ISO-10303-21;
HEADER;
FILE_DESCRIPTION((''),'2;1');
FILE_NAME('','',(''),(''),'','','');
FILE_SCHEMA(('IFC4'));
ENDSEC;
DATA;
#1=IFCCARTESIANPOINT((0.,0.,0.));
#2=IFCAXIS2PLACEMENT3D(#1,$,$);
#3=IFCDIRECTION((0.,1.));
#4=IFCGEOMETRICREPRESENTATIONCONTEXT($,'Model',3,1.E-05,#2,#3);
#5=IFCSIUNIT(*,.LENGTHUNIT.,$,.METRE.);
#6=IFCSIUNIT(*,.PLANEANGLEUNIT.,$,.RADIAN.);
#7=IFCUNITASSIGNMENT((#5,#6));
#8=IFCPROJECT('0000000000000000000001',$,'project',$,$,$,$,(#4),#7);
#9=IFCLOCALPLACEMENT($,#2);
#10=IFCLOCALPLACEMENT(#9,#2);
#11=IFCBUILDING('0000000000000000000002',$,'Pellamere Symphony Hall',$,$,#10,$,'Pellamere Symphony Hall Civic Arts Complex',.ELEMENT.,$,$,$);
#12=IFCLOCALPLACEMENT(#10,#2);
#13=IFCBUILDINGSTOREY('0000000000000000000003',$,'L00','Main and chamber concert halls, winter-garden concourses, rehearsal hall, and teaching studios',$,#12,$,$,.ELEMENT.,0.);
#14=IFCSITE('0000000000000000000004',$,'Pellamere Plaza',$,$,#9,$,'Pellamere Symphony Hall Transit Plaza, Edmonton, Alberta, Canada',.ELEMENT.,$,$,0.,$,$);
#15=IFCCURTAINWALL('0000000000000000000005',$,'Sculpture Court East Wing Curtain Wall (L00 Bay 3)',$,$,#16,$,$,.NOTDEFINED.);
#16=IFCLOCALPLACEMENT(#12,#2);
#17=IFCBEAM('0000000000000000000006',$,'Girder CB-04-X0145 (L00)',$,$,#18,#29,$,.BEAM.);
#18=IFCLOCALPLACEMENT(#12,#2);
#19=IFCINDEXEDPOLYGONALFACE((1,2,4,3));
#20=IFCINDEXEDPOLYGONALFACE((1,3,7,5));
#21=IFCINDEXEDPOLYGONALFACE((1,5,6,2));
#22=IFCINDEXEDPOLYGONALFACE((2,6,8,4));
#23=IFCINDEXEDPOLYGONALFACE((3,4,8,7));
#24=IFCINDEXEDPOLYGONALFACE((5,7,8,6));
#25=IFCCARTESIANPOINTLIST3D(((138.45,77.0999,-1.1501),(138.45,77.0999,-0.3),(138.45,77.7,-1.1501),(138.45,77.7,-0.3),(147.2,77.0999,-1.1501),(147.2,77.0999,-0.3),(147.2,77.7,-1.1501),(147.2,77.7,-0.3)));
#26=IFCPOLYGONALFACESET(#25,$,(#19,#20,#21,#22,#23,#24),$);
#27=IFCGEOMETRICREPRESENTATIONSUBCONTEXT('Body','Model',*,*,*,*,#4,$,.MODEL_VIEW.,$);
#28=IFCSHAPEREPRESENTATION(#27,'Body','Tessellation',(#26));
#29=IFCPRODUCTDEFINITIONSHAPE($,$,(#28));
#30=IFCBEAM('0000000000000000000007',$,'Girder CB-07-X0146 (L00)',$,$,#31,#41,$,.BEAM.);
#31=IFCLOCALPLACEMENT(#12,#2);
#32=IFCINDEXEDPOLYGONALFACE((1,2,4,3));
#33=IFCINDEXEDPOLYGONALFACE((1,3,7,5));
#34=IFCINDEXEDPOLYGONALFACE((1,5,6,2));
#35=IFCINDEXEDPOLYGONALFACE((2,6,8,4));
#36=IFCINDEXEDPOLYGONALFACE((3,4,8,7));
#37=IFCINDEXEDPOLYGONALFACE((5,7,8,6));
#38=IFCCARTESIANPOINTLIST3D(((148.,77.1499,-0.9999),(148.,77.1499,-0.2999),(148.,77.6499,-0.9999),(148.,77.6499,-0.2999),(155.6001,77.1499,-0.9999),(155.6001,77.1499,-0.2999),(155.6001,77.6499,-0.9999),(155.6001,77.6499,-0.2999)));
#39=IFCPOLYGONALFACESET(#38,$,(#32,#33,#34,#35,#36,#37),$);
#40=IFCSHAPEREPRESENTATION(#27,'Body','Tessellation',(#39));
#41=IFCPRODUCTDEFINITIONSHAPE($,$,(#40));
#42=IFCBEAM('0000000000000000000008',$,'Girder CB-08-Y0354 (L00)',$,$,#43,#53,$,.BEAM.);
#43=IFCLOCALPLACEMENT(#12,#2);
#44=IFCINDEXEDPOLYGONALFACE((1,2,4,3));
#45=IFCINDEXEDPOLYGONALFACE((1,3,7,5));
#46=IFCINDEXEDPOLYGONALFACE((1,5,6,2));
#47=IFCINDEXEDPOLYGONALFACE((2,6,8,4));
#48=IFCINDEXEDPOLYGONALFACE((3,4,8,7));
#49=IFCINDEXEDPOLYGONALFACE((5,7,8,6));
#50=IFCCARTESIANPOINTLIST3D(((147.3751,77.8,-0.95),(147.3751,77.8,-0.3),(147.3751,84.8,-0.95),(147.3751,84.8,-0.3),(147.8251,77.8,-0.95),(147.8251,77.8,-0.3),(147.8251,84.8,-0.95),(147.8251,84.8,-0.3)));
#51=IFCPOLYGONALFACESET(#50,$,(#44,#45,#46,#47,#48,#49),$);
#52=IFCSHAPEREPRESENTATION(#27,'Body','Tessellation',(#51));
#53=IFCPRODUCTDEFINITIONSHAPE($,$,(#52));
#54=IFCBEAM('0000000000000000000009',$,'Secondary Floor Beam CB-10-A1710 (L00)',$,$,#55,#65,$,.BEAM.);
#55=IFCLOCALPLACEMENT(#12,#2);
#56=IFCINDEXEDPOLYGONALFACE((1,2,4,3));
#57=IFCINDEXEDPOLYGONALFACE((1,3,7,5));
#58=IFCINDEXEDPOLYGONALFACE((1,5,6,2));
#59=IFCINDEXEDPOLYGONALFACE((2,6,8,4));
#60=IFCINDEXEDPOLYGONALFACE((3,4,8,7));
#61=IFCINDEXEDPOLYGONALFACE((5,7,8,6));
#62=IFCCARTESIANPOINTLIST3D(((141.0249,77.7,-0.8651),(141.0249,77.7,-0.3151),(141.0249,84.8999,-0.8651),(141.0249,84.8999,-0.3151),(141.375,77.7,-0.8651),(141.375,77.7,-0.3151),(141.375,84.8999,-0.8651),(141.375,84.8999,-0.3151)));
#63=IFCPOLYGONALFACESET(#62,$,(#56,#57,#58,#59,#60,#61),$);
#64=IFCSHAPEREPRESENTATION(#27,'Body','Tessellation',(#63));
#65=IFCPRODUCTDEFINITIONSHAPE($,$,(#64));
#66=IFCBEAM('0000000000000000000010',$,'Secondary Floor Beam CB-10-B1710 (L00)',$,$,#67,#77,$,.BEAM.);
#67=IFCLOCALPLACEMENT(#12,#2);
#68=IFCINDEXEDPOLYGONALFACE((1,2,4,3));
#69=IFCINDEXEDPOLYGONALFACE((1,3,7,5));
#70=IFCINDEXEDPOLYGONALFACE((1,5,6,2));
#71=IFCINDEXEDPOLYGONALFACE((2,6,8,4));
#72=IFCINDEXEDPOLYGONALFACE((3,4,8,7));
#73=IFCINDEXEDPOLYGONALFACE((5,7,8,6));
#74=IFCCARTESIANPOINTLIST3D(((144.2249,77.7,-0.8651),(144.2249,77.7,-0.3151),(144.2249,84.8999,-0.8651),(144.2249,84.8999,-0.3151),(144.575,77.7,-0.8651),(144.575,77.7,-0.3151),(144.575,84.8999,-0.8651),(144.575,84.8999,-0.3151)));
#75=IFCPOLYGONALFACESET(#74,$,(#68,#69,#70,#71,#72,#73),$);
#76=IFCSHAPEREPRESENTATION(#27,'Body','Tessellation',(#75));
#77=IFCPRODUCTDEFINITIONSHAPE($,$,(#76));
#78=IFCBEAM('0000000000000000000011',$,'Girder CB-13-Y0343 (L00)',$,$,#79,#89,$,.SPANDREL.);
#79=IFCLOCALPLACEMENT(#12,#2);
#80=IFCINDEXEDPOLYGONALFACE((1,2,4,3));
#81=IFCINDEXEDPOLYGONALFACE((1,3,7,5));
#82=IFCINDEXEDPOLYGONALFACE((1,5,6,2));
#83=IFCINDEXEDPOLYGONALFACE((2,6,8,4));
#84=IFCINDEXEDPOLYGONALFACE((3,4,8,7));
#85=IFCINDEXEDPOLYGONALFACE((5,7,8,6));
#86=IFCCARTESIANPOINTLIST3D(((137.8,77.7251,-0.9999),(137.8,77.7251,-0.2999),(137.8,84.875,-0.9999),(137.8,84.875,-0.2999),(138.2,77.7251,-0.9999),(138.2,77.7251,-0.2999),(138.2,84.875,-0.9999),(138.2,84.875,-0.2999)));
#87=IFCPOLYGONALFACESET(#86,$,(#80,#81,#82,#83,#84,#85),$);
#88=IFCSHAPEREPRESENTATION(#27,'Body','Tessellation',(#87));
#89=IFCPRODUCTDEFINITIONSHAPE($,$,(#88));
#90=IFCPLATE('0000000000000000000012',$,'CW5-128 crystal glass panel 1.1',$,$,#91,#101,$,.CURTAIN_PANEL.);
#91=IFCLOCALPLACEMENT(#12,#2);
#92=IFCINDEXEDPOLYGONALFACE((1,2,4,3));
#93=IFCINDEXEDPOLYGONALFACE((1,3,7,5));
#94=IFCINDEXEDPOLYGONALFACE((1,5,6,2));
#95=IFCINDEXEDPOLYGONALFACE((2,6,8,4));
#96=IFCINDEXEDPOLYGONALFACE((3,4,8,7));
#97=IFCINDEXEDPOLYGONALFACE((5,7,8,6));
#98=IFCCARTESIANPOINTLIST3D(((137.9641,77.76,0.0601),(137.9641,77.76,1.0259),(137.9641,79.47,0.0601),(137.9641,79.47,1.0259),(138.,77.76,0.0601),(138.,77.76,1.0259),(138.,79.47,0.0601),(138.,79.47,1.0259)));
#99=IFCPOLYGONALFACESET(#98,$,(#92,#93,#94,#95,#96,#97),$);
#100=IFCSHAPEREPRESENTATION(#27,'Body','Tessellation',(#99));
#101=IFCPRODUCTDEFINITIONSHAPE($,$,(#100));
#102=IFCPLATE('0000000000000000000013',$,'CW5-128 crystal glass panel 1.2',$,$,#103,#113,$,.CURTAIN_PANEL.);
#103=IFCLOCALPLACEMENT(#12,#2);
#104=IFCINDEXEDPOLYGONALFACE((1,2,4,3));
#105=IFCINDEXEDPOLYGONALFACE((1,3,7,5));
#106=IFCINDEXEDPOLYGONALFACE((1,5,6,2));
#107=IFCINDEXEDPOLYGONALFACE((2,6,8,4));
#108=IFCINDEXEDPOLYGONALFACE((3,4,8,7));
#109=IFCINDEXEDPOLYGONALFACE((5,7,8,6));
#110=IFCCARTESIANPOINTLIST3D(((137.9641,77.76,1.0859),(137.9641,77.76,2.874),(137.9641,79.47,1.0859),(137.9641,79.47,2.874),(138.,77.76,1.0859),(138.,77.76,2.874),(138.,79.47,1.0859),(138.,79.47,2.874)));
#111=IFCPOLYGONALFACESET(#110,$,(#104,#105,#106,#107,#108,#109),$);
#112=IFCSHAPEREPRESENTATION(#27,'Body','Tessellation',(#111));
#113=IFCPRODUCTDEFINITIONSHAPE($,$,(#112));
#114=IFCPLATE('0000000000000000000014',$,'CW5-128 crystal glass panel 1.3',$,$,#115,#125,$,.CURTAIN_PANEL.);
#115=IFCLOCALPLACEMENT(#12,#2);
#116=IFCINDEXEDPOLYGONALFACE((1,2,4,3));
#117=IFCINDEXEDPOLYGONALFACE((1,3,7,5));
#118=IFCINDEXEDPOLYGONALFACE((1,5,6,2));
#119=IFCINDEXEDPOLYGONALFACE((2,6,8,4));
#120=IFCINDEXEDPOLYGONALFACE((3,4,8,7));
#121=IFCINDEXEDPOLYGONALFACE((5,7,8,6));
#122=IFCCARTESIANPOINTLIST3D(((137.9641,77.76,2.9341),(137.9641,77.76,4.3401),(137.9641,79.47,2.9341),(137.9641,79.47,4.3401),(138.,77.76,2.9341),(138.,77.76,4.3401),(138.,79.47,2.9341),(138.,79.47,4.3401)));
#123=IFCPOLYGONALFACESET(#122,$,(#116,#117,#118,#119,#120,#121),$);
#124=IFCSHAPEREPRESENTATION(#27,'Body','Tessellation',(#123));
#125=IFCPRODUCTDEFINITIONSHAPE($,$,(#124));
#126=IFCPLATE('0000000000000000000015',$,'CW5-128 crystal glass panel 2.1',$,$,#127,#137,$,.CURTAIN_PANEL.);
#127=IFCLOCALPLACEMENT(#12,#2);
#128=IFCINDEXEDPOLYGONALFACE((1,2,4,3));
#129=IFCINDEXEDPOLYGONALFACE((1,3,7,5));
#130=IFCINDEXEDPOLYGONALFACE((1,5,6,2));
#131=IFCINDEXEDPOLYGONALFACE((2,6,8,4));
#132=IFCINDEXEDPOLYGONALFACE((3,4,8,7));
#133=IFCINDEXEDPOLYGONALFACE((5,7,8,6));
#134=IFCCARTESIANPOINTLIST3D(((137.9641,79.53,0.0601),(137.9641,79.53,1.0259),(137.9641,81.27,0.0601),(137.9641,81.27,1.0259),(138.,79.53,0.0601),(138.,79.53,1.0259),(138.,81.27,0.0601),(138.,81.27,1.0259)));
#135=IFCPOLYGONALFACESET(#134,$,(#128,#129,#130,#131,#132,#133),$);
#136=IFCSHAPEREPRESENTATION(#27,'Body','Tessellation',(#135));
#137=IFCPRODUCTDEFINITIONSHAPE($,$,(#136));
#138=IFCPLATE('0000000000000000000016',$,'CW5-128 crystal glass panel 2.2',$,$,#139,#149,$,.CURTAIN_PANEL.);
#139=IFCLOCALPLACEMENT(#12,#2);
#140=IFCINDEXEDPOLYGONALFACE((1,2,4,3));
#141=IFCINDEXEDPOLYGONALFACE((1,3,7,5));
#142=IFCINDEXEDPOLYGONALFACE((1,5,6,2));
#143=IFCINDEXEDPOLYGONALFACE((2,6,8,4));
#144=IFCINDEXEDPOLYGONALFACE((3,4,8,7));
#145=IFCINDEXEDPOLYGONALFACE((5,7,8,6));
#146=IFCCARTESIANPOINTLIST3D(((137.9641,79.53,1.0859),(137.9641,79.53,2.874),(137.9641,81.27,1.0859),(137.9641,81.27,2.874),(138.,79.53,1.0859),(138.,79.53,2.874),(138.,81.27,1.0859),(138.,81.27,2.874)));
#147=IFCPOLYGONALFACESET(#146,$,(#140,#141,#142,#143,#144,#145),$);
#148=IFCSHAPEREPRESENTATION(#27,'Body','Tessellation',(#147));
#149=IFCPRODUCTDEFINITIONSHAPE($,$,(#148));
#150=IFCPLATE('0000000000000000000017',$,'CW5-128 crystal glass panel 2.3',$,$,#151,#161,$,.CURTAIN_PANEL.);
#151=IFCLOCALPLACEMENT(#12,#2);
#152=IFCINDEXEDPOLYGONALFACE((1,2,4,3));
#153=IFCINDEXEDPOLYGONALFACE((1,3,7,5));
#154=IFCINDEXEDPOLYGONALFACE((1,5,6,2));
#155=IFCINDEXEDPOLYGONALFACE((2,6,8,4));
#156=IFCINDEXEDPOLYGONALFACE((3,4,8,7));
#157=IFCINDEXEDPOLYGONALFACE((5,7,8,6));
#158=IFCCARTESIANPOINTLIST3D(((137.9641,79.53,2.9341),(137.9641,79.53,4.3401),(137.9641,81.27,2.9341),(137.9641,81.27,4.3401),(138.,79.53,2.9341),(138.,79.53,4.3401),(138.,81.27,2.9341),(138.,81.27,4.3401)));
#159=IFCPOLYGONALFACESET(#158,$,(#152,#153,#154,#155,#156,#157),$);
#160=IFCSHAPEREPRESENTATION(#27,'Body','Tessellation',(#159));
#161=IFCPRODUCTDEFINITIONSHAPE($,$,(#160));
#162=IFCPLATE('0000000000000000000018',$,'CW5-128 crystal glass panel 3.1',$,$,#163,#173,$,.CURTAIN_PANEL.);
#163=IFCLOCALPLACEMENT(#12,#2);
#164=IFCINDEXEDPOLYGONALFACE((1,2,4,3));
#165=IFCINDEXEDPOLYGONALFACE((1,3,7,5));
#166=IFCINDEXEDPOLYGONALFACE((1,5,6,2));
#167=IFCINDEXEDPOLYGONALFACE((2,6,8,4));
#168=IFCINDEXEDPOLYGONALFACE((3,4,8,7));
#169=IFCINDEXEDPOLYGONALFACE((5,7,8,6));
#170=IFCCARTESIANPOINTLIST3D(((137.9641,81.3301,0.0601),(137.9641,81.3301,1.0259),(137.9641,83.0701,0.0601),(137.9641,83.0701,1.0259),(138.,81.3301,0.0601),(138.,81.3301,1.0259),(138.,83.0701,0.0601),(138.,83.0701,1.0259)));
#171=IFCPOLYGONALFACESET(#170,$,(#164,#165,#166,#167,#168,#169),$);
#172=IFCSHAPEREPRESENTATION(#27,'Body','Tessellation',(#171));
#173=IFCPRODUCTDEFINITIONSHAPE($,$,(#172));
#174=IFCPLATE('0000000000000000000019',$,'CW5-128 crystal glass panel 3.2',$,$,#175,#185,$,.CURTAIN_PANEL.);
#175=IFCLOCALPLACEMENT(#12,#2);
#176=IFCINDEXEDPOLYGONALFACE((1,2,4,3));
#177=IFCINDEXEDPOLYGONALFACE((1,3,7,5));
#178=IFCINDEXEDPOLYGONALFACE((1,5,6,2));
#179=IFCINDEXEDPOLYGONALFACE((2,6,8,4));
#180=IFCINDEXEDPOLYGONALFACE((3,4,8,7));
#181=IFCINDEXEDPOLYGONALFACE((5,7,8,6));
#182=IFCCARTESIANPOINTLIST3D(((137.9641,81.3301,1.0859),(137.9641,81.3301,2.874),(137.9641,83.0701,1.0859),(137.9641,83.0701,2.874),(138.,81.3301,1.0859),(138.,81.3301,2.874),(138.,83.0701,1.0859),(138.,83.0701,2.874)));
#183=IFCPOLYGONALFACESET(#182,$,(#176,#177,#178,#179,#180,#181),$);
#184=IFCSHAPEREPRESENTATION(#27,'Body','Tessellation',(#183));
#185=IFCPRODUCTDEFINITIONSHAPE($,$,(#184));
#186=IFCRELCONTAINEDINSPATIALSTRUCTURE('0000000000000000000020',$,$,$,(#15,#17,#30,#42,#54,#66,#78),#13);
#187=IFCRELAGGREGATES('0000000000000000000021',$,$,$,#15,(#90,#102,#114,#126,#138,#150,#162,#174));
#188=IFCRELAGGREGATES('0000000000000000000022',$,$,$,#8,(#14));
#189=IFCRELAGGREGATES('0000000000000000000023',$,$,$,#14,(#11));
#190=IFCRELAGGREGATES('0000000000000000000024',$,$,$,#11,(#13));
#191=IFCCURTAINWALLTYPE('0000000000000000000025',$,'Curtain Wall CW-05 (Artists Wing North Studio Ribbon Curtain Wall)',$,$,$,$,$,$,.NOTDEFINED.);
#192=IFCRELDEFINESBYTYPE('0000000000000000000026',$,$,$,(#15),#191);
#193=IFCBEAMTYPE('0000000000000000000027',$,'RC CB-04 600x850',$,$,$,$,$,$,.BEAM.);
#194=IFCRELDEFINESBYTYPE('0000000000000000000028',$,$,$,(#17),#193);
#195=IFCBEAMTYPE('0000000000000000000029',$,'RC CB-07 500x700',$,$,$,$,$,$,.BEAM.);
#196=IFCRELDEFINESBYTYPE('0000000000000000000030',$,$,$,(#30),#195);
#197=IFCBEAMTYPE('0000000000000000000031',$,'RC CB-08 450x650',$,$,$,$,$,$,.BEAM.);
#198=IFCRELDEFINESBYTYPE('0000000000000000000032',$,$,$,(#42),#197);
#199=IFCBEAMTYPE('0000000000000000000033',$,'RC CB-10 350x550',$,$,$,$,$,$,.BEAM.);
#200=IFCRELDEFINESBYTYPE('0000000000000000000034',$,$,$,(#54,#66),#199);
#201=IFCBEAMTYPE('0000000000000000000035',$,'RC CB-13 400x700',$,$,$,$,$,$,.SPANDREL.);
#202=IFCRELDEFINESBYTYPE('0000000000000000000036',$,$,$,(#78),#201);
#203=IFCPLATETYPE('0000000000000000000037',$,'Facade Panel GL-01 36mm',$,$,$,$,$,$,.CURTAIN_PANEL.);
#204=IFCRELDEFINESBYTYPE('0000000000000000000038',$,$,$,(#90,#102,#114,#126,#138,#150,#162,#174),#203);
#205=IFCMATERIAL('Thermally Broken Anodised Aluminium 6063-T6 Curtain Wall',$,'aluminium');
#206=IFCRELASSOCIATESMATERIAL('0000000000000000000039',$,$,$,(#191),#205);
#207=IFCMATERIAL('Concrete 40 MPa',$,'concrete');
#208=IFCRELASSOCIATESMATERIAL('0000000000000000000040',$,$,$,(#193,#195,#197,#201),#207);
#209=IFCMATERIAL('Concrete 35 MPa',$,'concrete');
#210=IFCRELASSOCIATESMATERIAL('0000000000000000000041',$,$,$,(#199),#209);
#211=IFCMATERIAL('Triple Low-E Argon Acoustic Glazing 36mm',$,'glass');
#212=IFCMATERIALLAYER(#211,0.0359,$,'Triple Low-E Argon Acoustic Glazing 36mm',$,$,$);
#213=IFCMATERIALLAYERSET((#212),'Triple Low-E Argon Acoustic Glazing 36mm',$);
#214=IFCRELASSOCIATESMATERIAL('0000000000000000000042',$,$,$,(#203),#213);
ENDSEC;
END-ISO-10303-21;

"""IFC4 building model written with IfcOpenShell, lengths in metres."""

from ifc_helpers import new_model, si_unit, direction, frame, origin, origin_2d, place, context, subcontext, project, spatial, polyline, rectangle, outline, extrude, material, layer, layer_set, material_profile, profile_set, type_object, element, aggregate, save


model = new_model("IFC4")

# Units and contexts
model_context = context("Model", 3, precision=1e-05, world=origin(), true_north=direction((0.0, 1.0)))
body_context = subcontext(model_context, "Body", "Model", "MODEL_VIEW")
ifc_project = project(units=[si_unit("LENGTHUNIT", "METRE"), si_unit("PLANEANGLEUNIT", "RADIAN")], contexts=[model_context])

# Site, building, storey
site_placement = place(None, origin())
site = spatial("IfcSite", under=ifc_project, at=site_placement, Name="Pellamere Plaza", LongName="Pellamere Symphony Hall Transit Plaza, Edmonton, Alberta, Canada", CompositionType="ELEMENT", RefElevation=0.0)
building_placement = place(site_placement, origin())
building = spatial("IfcBuilding", under=site, at=building_placement, Name="Pellamere Symphony Hall", LongName="Pellamere Symphony Hall Civic Arts Complex", CompositionType="ELEMENT")
storey_placement = place(building_placement, origin())
storey = spatial("IfcBuildingStorey", under=building, at=storey_placement, Name="L00", Description="Main and chamber concert halls, winter-garden concourses, rehearsal hall, and teaching studios", CompositionType="ELEMENT", Elevation=0.0)

# Shared definitions
ifc_material_1 = material(Name="Concrete 40 MPa", Category="concrete")

# Shared definitions
ifc_material_2 = material(Name="Thermally Broken Anodised Aluminium 6063-T6 Curtain Wall", Category="aluminium")
curtain_wall_type = type_object("IfcCurtainWallType", Name="Curtain Wall CW-05 (Artists Wing North Studio Ribbon Curtain Wall)", PredefinedType="NOTDEFINED", material=ifc_material_2)

# Curtain wall
curtain_wall_1_placement = place(storey_placement, origin())
curtain_wall_1 = element("IfcCurtainWall", 1, at=curtain_wall_1_placement, inside=storey, type_object=curtain_wall_type, Name="Sculpture Court East Wing Curtain Wall (L00 Bay 3)", PredefinedType="NOTDEFINED")

# Beams
ifc_material_profile_1 = material_profile(ifc_material_1, rectangle(XDim=0.6001, YDim=0.8501, at=origin_2d()), Name="RC 600x850")
ifc_profile_set_1 = profile_set([ifc_material_profile_1], Name="Concrete 40 MPa")
beam_type_1 = type_object("IfcBeamType", Name="RC CB-04 600x850", PredefinedType="BEAM", material=ifc_profile_set_1)
beam_1_placement = place(storey_placement, frame((138.45, 77.3999, -0.7251), z_axis=(1.0, 0.0, 0.0), x_axis=(0.0, 1.0, 0.0)))
element("IfcBeam", 2, at=beam_1_placement, inside=storey, type_object=beam_type_1, Name="Girder CB-04-X0145 (L00)", PredefinedType="BEAM", context=body_context, shape_type="SweptSolid", body=[
    extrude(rectangle(XDim=0.6001, YDim=0.8501, at=origin_2d()), origin(), (0.0, 0.0, 1.0), 8.75),
])
ifc_material_profile_2 = material_profile(ifc_material_1, rectangle(XDim=0.5, YDim=0.7, at=origin_2d()), Name="RC 500x700")
ifc_profile_set_2 = profile_set([ifc_material_profile_2], Name="Concrete 40 MPa")
beam_type_2 = type_object("IfcBeamType", Name="RC CB-07 500x700", PredefinedType="BEAM", material=ifc_profile_set_2)
beam_2_placement = place(storey_placement, frame((148.0, 77.3999, -0.6499), z_axis=(1.0, 0.0, 0.0), x_axis=(0.0, 1.0, 0.0)))
element("IfcBeam", 3, at=beam_2_placement, inside=storey, type_object=beam_type_2, Name="Girder CB-07-X0146 (L00)", PredefinedType="BEAM", context=body_context, shape_type="SweptSolid", body=[
    extrude(rectangle(XDim=0.5, YDim=0.7, at=origin_2d()), origin(), (0.0, 0.0, 1.0), 7.6001),
])
ifc_material_profile_3 = material_profile(ifc_material_1, rectangle(XDim=0.45, YDim=0.6499, at=origin_2d()), Name="RC 450x650")
ifc_profile_set_3 = profile_set([ifc_material_profile_3], Name="Concrete 40 MPa")
beam_type_3 = type_object("IfcBeamType", Name="RC CB-08 450x650", PredefinedType="BEAM", material=ifc_profile_set_3)
beam_3_placement = place(storey_placement, frame((147.6001, 77.8, -0.625), z_axis=(0.0, 1.0, 0.0), x_axis=(-1.0, 0.0, 0.0)))
element("IfcBeam", 4, at=beam_3_placement, inside=storey, type_object=beam_type_3, Name="Girder CB-08-Y0354 (L00)", PredefinedType="BEAM", context=body_context, shape_type="SweptSolid", body=[
    extrude(rectangle(XDim=0.45, YDim=0.6499, at=origin_2d()), origin(), (0.0, 0.0, 1.0), 7.0),
])
ifc_material_3 = material(Name="Concrete 35 MPa", Category="concrete")
ifc_material_profile_4 = material_profile(ifc_material_3, rectangle(XDim=0.3501, YDim=0.55, at=origin_2d()), Name="RC 350x550")
ifc_profile_set_4 = profile_set([ifc_material_profile_4], Name="Concrete 35 MPa")
beam_type_4 = type_object("IfcBeamType", Name="RC CB-10 350x550", PredefinedType="BEAM", material=ifc_profile_set_4)
for number, where, z_axis, x_axis, name in (
    (5, (141.2, 77.7, -0.5901), (0.0, 1.0, 0.0), (-1.0, 0.0, 0.0), "Secondary Floor Beam CB-10-A1710 (L00)"),
    (6, (144.3999, 77.7, -0.5901), (0.0, 1.0, 0.0), (-1.0, 0.0, 0.0), "Secondary Floor Beam CB-10-B1710 (L00)"),
):
    element("IfcBeam", number, at=place(storey_placement, frame(where, z_axis=z_axis, x_axis=x_axis)), inside=storey, type_object=beam_type_4, Name=name, PredefinedType="BEAM", context=body_context, shape_type="SweptSolid", body=[
        extrude(rectangle(XDim=0.3501, YDim=0.55, at=origin_2d()), origin(), (0.0, 0.0, 1.0), 7.2),
    ])
ifc_material_profile_5 = material_profile(ifc_material_1, rectangle(XDim=0.3999, YDim=0.7, at=origin_2d()), Name="RC 400x700")
ifc_profile_set_5 = profile_set([ifc_material_profile_5], Name="Concrete 40 MPa")
beam_type_5 = type_object("IfcBeamType", Name="RC CB-13 400x700", PredefinedType="SPANDREL", material=ifc_profile_set_5)
beam_4_placement = place(storey_placement, frame((138.0, 77.7251, -0.6499), z_axis=(0.0, 1.0, 0.0), x_axis=(-1.0, 0.0, 0.0)))
element("IfcBeam", 7, at=beam_4_placement, inside=storey, type_object=beam_type_5, Name="Girder CB-13-Y0343 (L00)", PredefinedType="SPANDREL", context=body_context, shape_type="SweptSolid", body=[
    extrude(rectangle(XDim=0.3999, YDim=0.7, at=origin_2d()), origin(), (0.0, 0.0, 1.0), 7.1499),
])

# Plates
ifc_material_4 = material(Name="Triple Low-E Argon Acoustic Glazing 36mm", Category="glass")
ifc_layer = layer(ifc_material_4, 0.0359, Name="Triple Low-E Argon Acoustic Glazing 36mm")
ifc_layer_set = layer_set([ifc_layer], Name="Triple Low-E Argon Acoustic Glazing 36mm")
plate_type = type_object("IfcPlateType", Name="Facade Panel GL-01 36mm", PredefinedType="CURTAIN_PANEL", material=ifc_layer_set)
plate_1_placement = place(storey_placement, frame((138.0, 77.76, 0.0601), z_axis=(1.0, 0.0, 0.0), x_axis=(0.0, 1.0, 0.0)))
plate_1 = element("IfcPlate", 8, at=plate_1_placement, type_object=plate_type, Name="CW5-128 crystal glass panel 1.1", PredefinedType="CURTAIN_PANEL", context=body_context, shape_type="SweptSolid", body=[
    extrude(outline(polyline([(0.0, 0.0), (1.71, 0.0), (1.71, 0.9658), (0.0, 0.9658), (0.0, 0.0)])), origin(), (0.0, 0.0, -1.0), 0.0359),
])
plate_2_placement = place(storey_placement, frame((138.0, 77.76, 1.0859), z_axis=(1.0, 0.0, 0.0), x_axis=(0.0, 1.0, 0.0)))
plate_2 = element("IfcPlate", 9, at=plate_2_placement, type_object=plate_type, Name="CW5-128 crystal glass panel 1.2", PredefinedType="CURTAIN_PANEL", context=body_context, shape_type="SweptSolid", body=[
    extrude(outline(polyline([(0.0, 0.0), (1.71, 0.0), (1.71, 1.7881), (0.0, 1.7881), (0.0, 0.0)])), origin(), (0.0, 0.0, -1.0), 0.0359),
])
plate_3_placement = place(storey_placement, frame((138.0, 77.76, 2.9341), z_axis=(1.0, 0.0, 0.0), x_axis=(0.0, 1.0, 0.0)))
plate_3 = element("IfcPlate", 10, at=plate_3_placement, type_object=plate_type, Name="CW5-128 crystal glass panel 1.3", PredefinedType="CURTAIN_PANEL", context=body_context, shape_type="SweptSolid", body=[
    extrude(outline(polyline([(0.0, 0.0), (1.71, 0.0), (1.71, 1.406), (0.0, 1.406), (0.0, 0.0)])), origin(), (0.0, 0.0, -1.0), 0.0359),
])
plate_4_placement = place(storey_placement, frame((138.0, 79.53, 0.0601), z_axis=(1.0, 0.0, 0.0), x_axis=(0.0, 1.0, 0.0)))
plate_4 = element("IfcPlate", 11, at=plate_4_placement, type_object=plate_type, Name="CW5-128 crystal glass panel 2.1", PredefinedType="CURTAIN_PANEL", context=body_context, shape_type="SweptSolid", body=[
    extrude(outline(polyline([(0.0, 0.0), (1.74, 0.0), (1.74, 0.9658), (0.0, 0.9658), (0.0, 0.0)])), origin(), (0.0, 0.0, -1.0), 0.0359),
])
plate_5_placement = place(storey_placement, frame((138.0, 79.53, 1.0859), z_axis=(1.0, 0.0, 0.0), x_axis=(0.0, 1.0, 0.0)))
plate_5 = element("IfcPlate", 12, at=plate_5_placement, type_object=plate_type, Name="CW5-128 crystal glass panel 2.2", PredefinedType="CURTAIN_PANEL", context=body_context, shape_type="SweptSolid", body=[
    extrude(outline(polyline([(0.0, 0.0), (1.74, 0.0), (1.74, 1.7881), (0.0, 1.7881), (0.0, 0.0)])), origin(), (0.0, 0.0, -1.0), 0.0359),
])
plate_6_placement = place(storey_placement, frame((138.0, 79.53, 2.9341), z_axis=(1.0, 0.0, 0.0), x_axis=(0.0, 1.0, 0.0)))
plate_6 = element("IfcPlate", 13, at=plate_6_placement, type_object=plate_type, Name="CW5-128 crystal glass panel 2.3", PredefinedType="CURTAIN_PANEL", context=body_context, shape_type="SweptSolid", body=[
    extrude(outline(polyline([(0.0, 0.0), (1.74, 0.0), (1.74, 1.406), (0.0, 1.406), (0.0, 0.0)])), origin(), (0.0, 0.0, -1.0), 0.0359),
])
plate_7_placement = place(storey_placement, frame((138.0, 81.3301, 0.0601), z_axis=(1.0, 0.0, 0.0), x_axis=(0.0, 1.0, 0.0)))
plate_7 = element("IfcPlate", 14, at=plate_7_placement, type_object=plate_type, Name="CW5-128 crystal glass panel 3.1", PredefinedType="CURTAIN_PANEL", context=body_context, shape_type="SweptSolid", body=[
    extrude(outline(polyline([(0.0, 0.0), (1.74, 0.0), (1.74, 0.9658), (0.0, 0.9658), (0.0, 0.0)])), origin(), (0.0, 0.0, -1.0), 0.0359),
])
plate_8_placement = place(storey_placement, frame((138.0, 81.3301, 1.0859), z_axis=(1.0, 0.0, 0.0), x_axis=(0.0, 1.0, 0.0)))
plate_8 = element("IfcPlate", 15, at=plate_8_placement, type_object=plate_type, Name="CW5-128 crystal glass panel 3.2", PredefinedType="CURTAIN_PANEL", context=body_context, shape_type="SweptSolid", body=[
    extrude(outline(polyline([(0.0, 0.0), (1.74, 0.0), (1.74, 1.7881), (0.0, 1.7881), (0.0, 0.0)])), origin(), (0.0, 0.0, -1.0), 0.0359),
])
aggregate(curtain_wall_1, [plate_1, plate_2, plate_3, plate_4, plate_5, plate_6, plate_7, plate_8])

save(model, "model.ifc")
